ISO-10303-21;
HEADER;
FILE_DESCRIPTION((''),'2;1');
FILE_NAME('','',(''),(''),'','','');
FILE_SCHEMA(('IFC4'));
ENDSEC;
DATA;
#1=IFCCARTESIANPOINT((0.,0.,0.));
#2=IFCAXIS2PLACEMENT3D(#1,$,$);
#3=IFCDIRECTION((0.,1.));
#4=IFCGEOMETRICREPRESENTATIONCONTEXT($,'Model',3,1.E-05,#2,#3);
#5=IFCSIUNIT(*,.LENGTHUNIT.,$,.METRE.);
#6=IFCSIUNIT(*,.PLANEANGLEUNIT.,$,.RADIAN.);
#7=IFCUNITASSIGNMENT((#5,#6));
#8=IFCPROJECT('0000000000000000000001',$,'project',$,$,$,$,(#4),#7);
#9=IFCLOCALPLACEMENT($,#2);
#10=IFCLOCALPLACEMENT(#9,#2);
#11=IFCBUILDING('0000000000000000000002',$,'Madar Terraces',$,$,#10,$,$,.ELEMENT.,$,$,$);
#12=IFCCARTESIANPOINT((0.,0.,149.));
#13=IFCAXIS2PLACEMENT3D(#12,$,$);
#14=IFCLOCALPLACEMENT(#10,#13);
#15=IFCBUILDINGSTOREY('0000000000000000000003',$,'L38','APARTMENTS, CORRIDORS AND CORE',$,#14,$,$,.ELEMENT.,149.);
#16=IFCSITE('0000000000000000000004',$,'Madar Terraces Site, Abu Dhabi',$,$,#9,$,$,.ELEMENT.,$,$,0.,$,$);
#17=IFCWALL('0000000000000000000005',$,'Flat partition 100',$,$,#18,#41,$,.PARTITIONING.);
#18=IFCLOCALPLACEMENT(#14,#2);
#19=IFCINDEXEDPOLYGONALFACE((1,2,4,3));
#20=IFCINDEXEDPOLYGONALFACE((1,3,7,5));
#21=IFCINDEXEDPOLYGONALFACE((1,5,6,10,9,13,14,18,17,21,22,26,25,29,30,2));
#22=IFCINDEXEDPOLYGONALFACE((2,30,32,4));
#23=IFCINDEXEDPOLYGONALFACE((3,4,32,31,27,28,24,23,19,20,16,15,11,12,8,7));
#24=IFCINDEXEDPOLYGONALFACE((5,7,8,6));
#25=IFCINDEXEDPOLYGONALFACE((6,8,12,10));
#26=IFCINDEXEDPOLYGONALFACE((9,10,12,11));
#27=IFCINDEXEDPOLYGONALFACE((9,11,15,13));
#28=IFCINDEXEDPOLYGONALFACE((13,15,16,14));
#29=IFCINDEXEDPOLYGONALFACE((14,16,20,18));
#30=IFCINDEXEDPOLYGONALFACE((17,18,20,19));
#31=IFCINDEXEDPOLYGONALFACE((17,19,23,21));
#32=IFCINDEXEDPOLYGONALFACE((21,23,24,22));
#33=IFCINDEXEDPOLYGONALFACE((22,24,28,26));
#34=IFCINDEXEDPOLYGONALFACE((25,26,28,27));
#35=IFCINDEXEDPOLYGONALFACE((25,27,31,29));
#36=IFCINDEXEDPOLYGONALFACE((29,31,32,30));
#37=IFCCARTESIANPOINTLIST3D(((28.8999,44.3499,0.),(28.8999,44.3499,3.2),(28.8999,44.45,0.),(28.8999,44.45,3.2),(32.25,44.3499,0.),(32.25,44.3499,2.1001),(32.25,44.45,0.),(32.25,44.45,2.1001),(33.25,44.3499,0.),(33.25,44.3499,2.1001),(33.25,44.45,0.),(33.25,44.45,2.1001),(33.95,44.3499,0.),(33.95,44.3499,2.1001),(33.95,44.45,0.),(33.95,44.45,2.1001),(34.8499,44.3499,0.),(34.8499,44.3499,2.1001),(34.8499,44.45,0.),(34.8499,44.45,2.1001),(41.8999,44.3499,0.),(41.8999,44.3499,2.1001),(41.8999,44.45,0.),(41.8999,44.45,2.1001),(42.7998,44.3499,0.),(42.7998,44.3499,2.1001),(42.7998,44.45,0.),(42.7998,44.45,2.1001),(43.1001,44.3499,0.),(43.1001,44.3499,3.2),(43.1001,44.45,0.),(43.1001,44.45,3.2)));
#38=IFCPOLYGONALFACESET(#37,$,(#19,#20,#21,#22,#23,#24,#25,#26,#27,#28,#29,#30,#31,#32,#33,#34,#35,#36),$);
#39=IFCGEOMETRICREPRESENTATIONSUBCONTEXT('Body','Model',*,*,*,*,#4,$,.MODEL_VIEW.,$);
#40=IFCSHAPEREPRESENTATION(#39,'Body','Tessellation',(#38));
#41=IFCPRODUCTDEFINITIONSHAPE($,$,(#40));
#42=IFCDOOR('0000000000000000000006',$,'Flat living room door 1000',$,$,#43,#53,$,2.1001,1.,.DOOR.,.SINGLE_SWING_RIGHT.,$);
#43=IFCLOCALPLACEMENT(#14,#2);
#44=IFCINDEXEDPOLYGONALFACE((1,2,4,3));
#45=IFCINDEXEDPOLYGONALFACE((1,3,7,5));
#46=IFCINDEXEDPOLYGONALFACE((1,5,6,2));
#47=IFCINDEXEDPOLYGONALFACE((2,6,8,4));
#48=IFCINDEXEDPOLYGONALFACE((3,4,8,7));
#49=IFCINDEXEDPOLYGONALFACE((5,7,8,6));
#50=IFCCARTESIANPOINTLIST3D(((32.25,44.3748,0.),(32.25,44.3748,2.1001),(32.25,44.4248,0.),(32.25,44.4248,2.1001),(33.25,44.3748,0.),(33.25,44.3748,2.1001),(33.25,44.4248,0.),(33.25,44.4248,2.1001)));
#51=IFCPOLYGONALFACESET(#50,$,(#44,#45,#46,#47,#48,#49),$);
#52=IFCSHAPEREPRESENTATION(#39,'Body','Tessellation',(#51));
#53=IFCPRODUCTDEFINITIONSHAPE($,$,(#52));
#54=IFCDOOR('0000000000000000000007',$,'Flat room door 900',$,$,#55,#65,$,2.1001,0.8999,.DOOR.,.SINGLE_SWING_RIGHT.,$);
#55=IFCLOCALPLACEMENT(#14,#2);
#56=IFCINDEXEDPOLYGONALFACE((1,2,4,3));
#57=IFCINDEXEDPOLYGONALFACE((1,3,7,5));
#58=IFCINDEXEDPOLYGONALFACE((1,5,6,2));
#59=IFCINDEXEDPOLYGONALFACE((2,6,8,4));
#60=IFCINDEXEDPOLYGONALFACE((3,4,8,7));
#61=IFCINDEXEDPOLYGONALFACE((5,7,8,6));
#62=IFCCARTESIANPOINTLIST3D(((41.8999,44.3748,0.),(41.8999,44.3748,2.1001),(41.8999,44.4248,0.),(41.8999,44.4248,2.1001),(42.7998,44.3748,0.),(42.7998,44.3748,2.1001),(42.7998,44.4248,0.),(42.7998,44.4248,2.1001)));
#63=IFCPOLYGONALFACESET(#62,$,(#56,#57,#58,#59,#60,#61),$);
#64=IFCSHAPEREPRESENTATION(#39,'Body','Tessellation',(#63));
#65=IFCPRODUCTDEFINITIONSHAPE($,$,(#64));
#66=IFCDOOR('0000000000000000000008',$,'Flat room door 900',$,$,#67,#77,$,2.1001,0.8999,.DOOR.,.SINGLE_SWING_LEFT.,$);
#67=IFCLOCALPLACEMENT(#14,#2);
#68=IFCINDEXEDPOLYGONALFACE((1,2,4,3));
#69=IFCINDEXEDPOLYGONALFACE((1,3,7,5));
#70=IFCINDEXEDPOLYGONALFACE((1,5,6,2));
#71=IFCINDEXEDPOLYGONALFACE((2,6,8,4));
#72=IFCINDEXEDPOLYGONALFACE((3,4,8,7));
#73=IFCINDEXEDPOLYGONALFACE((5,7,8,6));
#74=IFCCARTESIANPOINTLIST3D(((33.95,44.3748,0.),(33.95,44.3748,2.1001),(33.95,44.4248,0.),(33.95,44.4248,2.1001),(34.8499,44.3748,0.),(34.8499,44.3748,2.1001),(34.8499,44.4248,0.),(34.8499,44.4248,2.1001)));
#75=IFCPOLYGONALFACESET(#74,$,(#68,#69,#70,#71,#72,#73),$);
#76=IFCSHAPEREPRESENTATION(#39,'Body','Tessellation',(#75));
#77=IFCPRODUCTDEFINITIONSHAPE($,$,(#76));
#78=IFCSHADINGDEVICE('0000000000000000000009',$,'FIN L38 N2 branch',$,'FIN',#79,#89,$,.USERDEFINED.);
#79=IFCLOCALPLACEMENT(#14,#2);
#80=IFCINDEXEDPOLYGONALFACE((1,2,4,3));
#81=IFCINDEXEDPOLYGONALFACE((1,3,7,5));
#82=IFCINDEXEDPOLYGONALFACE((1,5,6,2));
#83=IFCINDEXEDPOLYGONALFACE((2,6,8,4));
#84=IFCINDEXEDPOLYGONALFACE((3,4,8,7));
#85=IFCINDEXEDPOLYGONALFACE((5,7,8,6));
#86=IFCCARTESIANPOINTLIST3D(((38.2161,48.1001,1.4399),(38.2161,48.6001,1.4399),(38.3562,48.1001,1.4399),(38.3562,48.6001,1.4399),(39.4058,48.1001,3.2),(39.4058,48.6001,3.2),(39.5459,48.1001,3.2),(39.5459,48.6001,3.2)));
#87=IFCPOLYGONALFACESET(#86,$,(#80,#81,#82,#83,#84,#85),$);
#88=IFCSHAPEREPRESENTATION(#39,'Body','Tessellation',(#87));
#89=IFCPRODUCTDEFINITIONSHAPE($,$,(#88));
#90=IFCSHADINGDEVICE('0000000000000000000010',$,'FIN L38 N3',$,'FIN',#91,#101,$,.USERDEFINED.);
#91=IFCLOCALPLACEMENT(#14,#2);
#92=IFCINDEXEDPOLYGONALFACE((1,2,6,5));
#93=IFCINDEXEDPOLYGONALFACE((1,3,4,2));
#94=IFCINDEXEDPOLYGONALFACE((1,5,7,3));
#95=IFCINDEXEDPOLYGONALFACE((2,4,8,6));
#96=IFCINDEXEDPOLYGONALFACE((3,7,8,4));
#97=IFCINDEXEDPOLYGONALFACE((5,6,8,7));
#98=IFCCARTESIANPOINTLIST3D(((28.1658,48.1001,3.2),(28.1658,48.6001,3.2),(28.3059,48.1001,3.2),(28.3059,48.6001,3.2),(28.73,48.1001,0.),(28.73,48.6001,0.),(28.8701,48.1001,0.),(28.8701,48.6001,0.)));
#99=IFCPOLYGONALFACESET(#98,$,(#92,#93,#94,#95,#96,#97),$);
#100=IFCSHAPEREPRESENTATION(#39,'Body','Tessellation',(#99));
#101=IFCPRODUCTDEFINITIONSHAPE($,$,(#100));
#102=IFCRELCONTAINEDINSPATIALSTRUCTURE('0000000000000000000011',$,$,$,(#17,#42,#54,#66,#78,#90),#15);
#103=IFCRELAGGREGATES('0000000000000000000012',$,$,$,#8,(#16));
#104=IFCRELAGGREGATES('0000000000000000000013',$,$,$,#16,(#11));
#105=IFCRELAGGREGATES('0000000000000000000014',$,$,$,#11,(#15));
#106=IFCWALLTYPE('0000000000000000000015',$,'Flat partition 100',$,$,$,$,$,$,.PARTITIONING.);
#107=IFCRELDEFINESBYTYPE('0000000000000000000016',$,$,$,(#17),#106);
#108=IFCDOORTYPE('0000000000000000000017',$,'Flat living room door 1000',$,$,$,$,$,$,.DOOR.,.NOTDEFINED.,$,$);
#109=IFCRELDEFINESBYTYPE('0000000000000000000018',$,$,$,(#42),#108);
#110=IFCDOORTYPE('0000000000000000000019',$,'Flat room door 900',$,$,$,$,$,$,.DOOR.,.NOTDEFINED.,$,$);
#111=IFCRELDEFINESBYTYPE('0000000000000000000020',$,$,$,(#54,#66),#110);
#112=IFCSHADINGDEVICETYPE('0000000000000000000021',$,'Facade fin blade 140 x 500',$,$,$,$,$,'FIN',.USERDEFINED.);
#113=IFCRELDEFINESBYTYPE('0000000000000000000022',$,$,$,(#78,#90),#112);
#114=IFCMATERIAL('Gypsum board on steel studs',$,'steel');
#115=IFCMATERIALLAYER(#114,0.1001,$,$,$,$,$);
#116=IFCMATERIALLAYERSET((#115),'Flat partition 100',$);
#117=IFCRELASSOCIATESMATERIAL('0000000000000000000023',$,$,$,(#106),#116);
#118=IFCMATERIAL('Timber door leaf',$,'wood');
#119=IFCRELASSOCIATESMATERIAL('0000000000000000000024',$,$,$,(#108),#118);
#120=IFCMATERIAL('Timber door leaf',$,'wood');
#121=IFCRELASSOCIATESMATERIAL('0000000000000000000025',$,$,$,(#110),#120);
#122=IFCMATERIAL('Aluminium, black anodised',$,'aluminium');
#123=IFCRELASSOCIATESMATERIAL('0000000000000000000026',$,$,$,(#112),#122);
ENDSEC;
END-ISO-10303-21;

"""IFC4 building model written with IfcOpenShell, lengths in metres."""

from ifc_helpers import new_model, si_unit, direction, frame, frame_2d, origin, place, context, subcontext, project, spatial, polyline, rectangle, outline, extrude, material, layer, layer_set, type_object, element, fill, save


model = new_model("IFC4")

# Units and contexts
model_context = context("Model", 3, precision=1e-05, world=origin(), true_north=direction((0.0, 1.0)))
body_context = subcontext(model_context, "Body", "Model", "MODEL_VIEW")
ifc_project = project(units=[si_unit("LENGTHUNIT", "METRE"), si_unit("PLANEANGLEUNIT", "RADIAN")], contexts=[model_context])

# Site, building, storey
site_placement = place(None, origin())
site = spatial("IfcSite", under=ifc_project, at=site_placement, Name="Madar Terraces Site, Abu Dhabi", CompositionType="ELEMENT", RefElevation=0.0)
building_placement = place(site_placement, origin())
building = spatial("IfcBuilding", under=site, at=building_placement, Name="Madar Terraces", CompositionType="ELEMENT")
storey_placement = place(building_placement, frame((0.0, 0.0, 149.0)))
storey = spatial("IfcBuildingStorey", under=building, at=storey_placement, Name="L38", Description="APARTMENTS, CORRIDORS AND CORE", CompositionType="ELEMENT", Elevation=149.0)

# Shared definitions
ifc_material_1 = material(Name="Gypsum board on steel studs", Category="steel")
ifc_layer_1 = layer(ifc_material_1, 0.1001)
ifc_layer_set_1 = layer_set([ifc_layer_1], Name="Flat partition 100")
wall_type_1 = type_object("IfcWallType", Name="Flat partition 100", PredefinedType="PARTITIONING", material=ifc_layer_set_1)

# Wall, openings, doors
wall_1_placement = place(storey_placement, frame((28.8999, 44.3999, 0.0), z_axis=(0.0, 0.0, 1.0), x_axis=(1.0, 0.0, 0.0)))
wall_1 = element("IfcWall", 1, at=wall_1_placement, inside=storey, type_object=wall_type_1, Name="Flat partition 100", PredefinedType="PARTITIONING", context=body_context, shape_type="SweptSolid", body=[
    extrude(rectangle(XDim=14.2002, YDim=0.1001, at=frame_2d((7.1001, 0.0))), origin(), (0.0, 0.0, 1.0), 3.2),
])
opening_1_placement = place(wall_1_placement, frame((13.0, 0.0, 0.0)))
opening_1 = element("IfcOpeningElement", 2, at=opening_1_placement, cuts=wall_1, PredefinedType="OPENING", context=body_context, shape_type="SweptSolid", body=[
    extrude(rectangle(XDim=0.8999, YDim=2.1001, at=frame_2d((0.45, 1.05))), frame((0.0, 0.0601, 0.0), z_axis=(0.0, -1.0, 0.0), x_axis=(1.0, 0.0, 0.0)), (0.0, 0.0, 1.0), 0.1201),
])
opening_2_placement = place(wall_1_placement, frame((5.05, 0.0, 0.0)))
opening_2 = element("IfcOpeningElement", 3, at=opening_2_placement, cuts=wall_1, PredefinedType="OPENING", context=body_context, shape_type="SweptSolid", body=[
    extrude(rectangle(XDim=0.8999, YDim=2.1001, at=frame_2d((0.45, 1.05))), frame((0.0, 0.0601, 0.0), z_axis=(0.0, -1.0, 0.0), x_axis=(1.0, 0.0, 0.0)), (0.0, 0.0, 1.0), 0.1201),
])
opening_3_placement = place(wall_1_placement, frame((3.3501, 0.0, 0.0)))
opening_3 = element("IfcOpeningElement", 4, at=opening_3_placement, cuts=wall_1, PredefinedType="OPENING", context=body_context, shape_type="SweptSolid", body=[
    extrude(rectangle(XDim=1.0, YDim=2.1001, at=frame_2d((0.5, 1.05))), frame((0.0, 0.0601, 0.0), z_axis=(0.0, -1.0, 0.0), x_axis=(1.0, 0.0, 0.0)), (0.0, 0.0, 1.0), 0.1201),
])
ifc_material_2 = material(Name="Timber door leaf", Category="wood")
door_type_1 = type_object("IfcDoorType", Name="Flat living room door 1000", OperationType="NOTDEFINED", PredefinedType="DOOR", material=ifc_material_2)
door_1_placement = place(opening_3_placement, origin())
door_1 = element("IfcDoor", 5, at=door_1_placement, inside=storey, type_object=door_type_1, Name="Flat living room door 1000", OperationType="SINGLE_SWING_RIGHT", OverallHeight=2.1001, OverallWidth=1.0, PredefinedType="DOOR", context=body_context, shape_type="SweptSolid", body=[
    extrude(rectangle(XDim=1.0, YDim=2.1001, at=frame_2d((0.5, 1.05))), frame((0.0, 0.0249, 0.0), z_axis=(0.0, -1.0, 0.0), x_axis=(1.0, 0.0, 0.0)), (0.0, 0.0, 1.0), 0.05),
])
fill(opening_3, door_1)
ifc_material_3 = material(Name="Timber door leaf", Category="wood")
door_type_2 = type_object("IfcDoorType", Name="Flat room door 900", OperationType="NOTDEFINED", PredefinedType="DOOR", material=ifc_material_3)
door_2_placement = place(opening_1_placement, origin())
door_2 = element("IfcDoor", 6, at=door_2_placement, inside=storey, type_object=door_type_2, Name="Flat room door 900", OperationType="SINGLE_SWING_RIGHT", OverallHeight=2.1001, OverallWidth=0.8999, PredefinedType="DOOR", context=body_context, shape_type="SweptSolid", body=[
    extrude(rectangle(XDim=0.8999, YDim=2.1001, at=frame_2d((0.45, 1.05))), frame((0.0, 0.0249, 0.0), z_axis=(0.0, -1.0, 0.0), x_axis=(1.0, 0.0, 0.0)), (0.0, 0.0, 1.0), 0.05),
])
fill(opening_1, door_2)
door_3_placement = place(opening_2_placement, origin())
door_3 = element("IfcDoor", 7, at=door_3_placement, inside=storey, type_object=door_type_2, Name="Flat room door 900", OperationType="SINGLE_SWING_LEFT", OverallHeight=2.1001, OverallWidth=0.8999, PredefinedType="DOOR", context=body_context, shape_type="SweptSolid", body=[
    extrude(rectangle(XDim=0.8999, YDim=2.1001, at=frame_2d((0.45, 1.05))), frame((0.0, 0.0249, 0.0), z_axis=(0.0, -1.0, 0.0), x_axis=(1.0, 0.0, 0.0)), (0.0, 0.0, 1.0), 0.05),
])
fill(opening_2, door_3)

# Shading devices
ifc_material_4 = material(Name="Aluminium, black anodised", Category="aluminium")
shading_device_type = type_object("IfcShadingDeviceType", Name="Facade fin blade 140 x 500", ElementType="FIN", PredefinedType="USERDEFINED", material=ifc_material_4)
shading_device_1_placement = place(storey_placement, frame((38.3562, 48.3501, 1.4399), z_axis=(0.0, 0.0, 1.0), x_axis=(-1.0, 0.0, 0.0)))
element("IfcShadingDevice", 8, at=shading_device_1_placement, inside=storey, type_object=shading_device_type, Name="FIN L38 N2 branch", ObjectType="FIN", PredefinedType="USERDEFINED", context=body_context, shape_type="SweptSolid", body=[
    extrude(outline(polyline([(0.0, 0.0), (0.1401, 0.0), (-1.0496, 1.76), (-1.1897, 1.76), (0.0, 0.0)])), frame((0.0, 0.25, 0.0), z_axis=(0.0, -1.0, 0.0), x_axis=(1.0, 0.0, 0.0)), (0.0, 0.0, 1.0), 0.5),
])
shading_device_2_placement = place(storey_placement, frame((28.8701, 48.3501, 0.0), z_axis=(0.0, 0.0, 1.0), x_axis=(-1.0, 0.0, 0.0)))
element("IfcShadingDevice", 9, at=shading_device_2_placement, inside=storey, type_object=shading_device_type, Name="FIN L38 N3", ObjectType="FIN", PredefinedType="USERDEFINED", context=body_context, shape_type="SweptSolid", body=[
    extrude(outline(polyline([(0.0, 0.0), (0.1401, 0.0), (0.7043, 3.2), (0.5642, 3.2), (0.0, 0.0)])), frame((0.0, 0.25, 0.0), z_axis=(0.0, -1.0, 0.0), x_axis=(1.0, 0.0, 0.0)), (0.0, 0.0, 1.0), 0.5),
])

save(model, "model.ifc")
